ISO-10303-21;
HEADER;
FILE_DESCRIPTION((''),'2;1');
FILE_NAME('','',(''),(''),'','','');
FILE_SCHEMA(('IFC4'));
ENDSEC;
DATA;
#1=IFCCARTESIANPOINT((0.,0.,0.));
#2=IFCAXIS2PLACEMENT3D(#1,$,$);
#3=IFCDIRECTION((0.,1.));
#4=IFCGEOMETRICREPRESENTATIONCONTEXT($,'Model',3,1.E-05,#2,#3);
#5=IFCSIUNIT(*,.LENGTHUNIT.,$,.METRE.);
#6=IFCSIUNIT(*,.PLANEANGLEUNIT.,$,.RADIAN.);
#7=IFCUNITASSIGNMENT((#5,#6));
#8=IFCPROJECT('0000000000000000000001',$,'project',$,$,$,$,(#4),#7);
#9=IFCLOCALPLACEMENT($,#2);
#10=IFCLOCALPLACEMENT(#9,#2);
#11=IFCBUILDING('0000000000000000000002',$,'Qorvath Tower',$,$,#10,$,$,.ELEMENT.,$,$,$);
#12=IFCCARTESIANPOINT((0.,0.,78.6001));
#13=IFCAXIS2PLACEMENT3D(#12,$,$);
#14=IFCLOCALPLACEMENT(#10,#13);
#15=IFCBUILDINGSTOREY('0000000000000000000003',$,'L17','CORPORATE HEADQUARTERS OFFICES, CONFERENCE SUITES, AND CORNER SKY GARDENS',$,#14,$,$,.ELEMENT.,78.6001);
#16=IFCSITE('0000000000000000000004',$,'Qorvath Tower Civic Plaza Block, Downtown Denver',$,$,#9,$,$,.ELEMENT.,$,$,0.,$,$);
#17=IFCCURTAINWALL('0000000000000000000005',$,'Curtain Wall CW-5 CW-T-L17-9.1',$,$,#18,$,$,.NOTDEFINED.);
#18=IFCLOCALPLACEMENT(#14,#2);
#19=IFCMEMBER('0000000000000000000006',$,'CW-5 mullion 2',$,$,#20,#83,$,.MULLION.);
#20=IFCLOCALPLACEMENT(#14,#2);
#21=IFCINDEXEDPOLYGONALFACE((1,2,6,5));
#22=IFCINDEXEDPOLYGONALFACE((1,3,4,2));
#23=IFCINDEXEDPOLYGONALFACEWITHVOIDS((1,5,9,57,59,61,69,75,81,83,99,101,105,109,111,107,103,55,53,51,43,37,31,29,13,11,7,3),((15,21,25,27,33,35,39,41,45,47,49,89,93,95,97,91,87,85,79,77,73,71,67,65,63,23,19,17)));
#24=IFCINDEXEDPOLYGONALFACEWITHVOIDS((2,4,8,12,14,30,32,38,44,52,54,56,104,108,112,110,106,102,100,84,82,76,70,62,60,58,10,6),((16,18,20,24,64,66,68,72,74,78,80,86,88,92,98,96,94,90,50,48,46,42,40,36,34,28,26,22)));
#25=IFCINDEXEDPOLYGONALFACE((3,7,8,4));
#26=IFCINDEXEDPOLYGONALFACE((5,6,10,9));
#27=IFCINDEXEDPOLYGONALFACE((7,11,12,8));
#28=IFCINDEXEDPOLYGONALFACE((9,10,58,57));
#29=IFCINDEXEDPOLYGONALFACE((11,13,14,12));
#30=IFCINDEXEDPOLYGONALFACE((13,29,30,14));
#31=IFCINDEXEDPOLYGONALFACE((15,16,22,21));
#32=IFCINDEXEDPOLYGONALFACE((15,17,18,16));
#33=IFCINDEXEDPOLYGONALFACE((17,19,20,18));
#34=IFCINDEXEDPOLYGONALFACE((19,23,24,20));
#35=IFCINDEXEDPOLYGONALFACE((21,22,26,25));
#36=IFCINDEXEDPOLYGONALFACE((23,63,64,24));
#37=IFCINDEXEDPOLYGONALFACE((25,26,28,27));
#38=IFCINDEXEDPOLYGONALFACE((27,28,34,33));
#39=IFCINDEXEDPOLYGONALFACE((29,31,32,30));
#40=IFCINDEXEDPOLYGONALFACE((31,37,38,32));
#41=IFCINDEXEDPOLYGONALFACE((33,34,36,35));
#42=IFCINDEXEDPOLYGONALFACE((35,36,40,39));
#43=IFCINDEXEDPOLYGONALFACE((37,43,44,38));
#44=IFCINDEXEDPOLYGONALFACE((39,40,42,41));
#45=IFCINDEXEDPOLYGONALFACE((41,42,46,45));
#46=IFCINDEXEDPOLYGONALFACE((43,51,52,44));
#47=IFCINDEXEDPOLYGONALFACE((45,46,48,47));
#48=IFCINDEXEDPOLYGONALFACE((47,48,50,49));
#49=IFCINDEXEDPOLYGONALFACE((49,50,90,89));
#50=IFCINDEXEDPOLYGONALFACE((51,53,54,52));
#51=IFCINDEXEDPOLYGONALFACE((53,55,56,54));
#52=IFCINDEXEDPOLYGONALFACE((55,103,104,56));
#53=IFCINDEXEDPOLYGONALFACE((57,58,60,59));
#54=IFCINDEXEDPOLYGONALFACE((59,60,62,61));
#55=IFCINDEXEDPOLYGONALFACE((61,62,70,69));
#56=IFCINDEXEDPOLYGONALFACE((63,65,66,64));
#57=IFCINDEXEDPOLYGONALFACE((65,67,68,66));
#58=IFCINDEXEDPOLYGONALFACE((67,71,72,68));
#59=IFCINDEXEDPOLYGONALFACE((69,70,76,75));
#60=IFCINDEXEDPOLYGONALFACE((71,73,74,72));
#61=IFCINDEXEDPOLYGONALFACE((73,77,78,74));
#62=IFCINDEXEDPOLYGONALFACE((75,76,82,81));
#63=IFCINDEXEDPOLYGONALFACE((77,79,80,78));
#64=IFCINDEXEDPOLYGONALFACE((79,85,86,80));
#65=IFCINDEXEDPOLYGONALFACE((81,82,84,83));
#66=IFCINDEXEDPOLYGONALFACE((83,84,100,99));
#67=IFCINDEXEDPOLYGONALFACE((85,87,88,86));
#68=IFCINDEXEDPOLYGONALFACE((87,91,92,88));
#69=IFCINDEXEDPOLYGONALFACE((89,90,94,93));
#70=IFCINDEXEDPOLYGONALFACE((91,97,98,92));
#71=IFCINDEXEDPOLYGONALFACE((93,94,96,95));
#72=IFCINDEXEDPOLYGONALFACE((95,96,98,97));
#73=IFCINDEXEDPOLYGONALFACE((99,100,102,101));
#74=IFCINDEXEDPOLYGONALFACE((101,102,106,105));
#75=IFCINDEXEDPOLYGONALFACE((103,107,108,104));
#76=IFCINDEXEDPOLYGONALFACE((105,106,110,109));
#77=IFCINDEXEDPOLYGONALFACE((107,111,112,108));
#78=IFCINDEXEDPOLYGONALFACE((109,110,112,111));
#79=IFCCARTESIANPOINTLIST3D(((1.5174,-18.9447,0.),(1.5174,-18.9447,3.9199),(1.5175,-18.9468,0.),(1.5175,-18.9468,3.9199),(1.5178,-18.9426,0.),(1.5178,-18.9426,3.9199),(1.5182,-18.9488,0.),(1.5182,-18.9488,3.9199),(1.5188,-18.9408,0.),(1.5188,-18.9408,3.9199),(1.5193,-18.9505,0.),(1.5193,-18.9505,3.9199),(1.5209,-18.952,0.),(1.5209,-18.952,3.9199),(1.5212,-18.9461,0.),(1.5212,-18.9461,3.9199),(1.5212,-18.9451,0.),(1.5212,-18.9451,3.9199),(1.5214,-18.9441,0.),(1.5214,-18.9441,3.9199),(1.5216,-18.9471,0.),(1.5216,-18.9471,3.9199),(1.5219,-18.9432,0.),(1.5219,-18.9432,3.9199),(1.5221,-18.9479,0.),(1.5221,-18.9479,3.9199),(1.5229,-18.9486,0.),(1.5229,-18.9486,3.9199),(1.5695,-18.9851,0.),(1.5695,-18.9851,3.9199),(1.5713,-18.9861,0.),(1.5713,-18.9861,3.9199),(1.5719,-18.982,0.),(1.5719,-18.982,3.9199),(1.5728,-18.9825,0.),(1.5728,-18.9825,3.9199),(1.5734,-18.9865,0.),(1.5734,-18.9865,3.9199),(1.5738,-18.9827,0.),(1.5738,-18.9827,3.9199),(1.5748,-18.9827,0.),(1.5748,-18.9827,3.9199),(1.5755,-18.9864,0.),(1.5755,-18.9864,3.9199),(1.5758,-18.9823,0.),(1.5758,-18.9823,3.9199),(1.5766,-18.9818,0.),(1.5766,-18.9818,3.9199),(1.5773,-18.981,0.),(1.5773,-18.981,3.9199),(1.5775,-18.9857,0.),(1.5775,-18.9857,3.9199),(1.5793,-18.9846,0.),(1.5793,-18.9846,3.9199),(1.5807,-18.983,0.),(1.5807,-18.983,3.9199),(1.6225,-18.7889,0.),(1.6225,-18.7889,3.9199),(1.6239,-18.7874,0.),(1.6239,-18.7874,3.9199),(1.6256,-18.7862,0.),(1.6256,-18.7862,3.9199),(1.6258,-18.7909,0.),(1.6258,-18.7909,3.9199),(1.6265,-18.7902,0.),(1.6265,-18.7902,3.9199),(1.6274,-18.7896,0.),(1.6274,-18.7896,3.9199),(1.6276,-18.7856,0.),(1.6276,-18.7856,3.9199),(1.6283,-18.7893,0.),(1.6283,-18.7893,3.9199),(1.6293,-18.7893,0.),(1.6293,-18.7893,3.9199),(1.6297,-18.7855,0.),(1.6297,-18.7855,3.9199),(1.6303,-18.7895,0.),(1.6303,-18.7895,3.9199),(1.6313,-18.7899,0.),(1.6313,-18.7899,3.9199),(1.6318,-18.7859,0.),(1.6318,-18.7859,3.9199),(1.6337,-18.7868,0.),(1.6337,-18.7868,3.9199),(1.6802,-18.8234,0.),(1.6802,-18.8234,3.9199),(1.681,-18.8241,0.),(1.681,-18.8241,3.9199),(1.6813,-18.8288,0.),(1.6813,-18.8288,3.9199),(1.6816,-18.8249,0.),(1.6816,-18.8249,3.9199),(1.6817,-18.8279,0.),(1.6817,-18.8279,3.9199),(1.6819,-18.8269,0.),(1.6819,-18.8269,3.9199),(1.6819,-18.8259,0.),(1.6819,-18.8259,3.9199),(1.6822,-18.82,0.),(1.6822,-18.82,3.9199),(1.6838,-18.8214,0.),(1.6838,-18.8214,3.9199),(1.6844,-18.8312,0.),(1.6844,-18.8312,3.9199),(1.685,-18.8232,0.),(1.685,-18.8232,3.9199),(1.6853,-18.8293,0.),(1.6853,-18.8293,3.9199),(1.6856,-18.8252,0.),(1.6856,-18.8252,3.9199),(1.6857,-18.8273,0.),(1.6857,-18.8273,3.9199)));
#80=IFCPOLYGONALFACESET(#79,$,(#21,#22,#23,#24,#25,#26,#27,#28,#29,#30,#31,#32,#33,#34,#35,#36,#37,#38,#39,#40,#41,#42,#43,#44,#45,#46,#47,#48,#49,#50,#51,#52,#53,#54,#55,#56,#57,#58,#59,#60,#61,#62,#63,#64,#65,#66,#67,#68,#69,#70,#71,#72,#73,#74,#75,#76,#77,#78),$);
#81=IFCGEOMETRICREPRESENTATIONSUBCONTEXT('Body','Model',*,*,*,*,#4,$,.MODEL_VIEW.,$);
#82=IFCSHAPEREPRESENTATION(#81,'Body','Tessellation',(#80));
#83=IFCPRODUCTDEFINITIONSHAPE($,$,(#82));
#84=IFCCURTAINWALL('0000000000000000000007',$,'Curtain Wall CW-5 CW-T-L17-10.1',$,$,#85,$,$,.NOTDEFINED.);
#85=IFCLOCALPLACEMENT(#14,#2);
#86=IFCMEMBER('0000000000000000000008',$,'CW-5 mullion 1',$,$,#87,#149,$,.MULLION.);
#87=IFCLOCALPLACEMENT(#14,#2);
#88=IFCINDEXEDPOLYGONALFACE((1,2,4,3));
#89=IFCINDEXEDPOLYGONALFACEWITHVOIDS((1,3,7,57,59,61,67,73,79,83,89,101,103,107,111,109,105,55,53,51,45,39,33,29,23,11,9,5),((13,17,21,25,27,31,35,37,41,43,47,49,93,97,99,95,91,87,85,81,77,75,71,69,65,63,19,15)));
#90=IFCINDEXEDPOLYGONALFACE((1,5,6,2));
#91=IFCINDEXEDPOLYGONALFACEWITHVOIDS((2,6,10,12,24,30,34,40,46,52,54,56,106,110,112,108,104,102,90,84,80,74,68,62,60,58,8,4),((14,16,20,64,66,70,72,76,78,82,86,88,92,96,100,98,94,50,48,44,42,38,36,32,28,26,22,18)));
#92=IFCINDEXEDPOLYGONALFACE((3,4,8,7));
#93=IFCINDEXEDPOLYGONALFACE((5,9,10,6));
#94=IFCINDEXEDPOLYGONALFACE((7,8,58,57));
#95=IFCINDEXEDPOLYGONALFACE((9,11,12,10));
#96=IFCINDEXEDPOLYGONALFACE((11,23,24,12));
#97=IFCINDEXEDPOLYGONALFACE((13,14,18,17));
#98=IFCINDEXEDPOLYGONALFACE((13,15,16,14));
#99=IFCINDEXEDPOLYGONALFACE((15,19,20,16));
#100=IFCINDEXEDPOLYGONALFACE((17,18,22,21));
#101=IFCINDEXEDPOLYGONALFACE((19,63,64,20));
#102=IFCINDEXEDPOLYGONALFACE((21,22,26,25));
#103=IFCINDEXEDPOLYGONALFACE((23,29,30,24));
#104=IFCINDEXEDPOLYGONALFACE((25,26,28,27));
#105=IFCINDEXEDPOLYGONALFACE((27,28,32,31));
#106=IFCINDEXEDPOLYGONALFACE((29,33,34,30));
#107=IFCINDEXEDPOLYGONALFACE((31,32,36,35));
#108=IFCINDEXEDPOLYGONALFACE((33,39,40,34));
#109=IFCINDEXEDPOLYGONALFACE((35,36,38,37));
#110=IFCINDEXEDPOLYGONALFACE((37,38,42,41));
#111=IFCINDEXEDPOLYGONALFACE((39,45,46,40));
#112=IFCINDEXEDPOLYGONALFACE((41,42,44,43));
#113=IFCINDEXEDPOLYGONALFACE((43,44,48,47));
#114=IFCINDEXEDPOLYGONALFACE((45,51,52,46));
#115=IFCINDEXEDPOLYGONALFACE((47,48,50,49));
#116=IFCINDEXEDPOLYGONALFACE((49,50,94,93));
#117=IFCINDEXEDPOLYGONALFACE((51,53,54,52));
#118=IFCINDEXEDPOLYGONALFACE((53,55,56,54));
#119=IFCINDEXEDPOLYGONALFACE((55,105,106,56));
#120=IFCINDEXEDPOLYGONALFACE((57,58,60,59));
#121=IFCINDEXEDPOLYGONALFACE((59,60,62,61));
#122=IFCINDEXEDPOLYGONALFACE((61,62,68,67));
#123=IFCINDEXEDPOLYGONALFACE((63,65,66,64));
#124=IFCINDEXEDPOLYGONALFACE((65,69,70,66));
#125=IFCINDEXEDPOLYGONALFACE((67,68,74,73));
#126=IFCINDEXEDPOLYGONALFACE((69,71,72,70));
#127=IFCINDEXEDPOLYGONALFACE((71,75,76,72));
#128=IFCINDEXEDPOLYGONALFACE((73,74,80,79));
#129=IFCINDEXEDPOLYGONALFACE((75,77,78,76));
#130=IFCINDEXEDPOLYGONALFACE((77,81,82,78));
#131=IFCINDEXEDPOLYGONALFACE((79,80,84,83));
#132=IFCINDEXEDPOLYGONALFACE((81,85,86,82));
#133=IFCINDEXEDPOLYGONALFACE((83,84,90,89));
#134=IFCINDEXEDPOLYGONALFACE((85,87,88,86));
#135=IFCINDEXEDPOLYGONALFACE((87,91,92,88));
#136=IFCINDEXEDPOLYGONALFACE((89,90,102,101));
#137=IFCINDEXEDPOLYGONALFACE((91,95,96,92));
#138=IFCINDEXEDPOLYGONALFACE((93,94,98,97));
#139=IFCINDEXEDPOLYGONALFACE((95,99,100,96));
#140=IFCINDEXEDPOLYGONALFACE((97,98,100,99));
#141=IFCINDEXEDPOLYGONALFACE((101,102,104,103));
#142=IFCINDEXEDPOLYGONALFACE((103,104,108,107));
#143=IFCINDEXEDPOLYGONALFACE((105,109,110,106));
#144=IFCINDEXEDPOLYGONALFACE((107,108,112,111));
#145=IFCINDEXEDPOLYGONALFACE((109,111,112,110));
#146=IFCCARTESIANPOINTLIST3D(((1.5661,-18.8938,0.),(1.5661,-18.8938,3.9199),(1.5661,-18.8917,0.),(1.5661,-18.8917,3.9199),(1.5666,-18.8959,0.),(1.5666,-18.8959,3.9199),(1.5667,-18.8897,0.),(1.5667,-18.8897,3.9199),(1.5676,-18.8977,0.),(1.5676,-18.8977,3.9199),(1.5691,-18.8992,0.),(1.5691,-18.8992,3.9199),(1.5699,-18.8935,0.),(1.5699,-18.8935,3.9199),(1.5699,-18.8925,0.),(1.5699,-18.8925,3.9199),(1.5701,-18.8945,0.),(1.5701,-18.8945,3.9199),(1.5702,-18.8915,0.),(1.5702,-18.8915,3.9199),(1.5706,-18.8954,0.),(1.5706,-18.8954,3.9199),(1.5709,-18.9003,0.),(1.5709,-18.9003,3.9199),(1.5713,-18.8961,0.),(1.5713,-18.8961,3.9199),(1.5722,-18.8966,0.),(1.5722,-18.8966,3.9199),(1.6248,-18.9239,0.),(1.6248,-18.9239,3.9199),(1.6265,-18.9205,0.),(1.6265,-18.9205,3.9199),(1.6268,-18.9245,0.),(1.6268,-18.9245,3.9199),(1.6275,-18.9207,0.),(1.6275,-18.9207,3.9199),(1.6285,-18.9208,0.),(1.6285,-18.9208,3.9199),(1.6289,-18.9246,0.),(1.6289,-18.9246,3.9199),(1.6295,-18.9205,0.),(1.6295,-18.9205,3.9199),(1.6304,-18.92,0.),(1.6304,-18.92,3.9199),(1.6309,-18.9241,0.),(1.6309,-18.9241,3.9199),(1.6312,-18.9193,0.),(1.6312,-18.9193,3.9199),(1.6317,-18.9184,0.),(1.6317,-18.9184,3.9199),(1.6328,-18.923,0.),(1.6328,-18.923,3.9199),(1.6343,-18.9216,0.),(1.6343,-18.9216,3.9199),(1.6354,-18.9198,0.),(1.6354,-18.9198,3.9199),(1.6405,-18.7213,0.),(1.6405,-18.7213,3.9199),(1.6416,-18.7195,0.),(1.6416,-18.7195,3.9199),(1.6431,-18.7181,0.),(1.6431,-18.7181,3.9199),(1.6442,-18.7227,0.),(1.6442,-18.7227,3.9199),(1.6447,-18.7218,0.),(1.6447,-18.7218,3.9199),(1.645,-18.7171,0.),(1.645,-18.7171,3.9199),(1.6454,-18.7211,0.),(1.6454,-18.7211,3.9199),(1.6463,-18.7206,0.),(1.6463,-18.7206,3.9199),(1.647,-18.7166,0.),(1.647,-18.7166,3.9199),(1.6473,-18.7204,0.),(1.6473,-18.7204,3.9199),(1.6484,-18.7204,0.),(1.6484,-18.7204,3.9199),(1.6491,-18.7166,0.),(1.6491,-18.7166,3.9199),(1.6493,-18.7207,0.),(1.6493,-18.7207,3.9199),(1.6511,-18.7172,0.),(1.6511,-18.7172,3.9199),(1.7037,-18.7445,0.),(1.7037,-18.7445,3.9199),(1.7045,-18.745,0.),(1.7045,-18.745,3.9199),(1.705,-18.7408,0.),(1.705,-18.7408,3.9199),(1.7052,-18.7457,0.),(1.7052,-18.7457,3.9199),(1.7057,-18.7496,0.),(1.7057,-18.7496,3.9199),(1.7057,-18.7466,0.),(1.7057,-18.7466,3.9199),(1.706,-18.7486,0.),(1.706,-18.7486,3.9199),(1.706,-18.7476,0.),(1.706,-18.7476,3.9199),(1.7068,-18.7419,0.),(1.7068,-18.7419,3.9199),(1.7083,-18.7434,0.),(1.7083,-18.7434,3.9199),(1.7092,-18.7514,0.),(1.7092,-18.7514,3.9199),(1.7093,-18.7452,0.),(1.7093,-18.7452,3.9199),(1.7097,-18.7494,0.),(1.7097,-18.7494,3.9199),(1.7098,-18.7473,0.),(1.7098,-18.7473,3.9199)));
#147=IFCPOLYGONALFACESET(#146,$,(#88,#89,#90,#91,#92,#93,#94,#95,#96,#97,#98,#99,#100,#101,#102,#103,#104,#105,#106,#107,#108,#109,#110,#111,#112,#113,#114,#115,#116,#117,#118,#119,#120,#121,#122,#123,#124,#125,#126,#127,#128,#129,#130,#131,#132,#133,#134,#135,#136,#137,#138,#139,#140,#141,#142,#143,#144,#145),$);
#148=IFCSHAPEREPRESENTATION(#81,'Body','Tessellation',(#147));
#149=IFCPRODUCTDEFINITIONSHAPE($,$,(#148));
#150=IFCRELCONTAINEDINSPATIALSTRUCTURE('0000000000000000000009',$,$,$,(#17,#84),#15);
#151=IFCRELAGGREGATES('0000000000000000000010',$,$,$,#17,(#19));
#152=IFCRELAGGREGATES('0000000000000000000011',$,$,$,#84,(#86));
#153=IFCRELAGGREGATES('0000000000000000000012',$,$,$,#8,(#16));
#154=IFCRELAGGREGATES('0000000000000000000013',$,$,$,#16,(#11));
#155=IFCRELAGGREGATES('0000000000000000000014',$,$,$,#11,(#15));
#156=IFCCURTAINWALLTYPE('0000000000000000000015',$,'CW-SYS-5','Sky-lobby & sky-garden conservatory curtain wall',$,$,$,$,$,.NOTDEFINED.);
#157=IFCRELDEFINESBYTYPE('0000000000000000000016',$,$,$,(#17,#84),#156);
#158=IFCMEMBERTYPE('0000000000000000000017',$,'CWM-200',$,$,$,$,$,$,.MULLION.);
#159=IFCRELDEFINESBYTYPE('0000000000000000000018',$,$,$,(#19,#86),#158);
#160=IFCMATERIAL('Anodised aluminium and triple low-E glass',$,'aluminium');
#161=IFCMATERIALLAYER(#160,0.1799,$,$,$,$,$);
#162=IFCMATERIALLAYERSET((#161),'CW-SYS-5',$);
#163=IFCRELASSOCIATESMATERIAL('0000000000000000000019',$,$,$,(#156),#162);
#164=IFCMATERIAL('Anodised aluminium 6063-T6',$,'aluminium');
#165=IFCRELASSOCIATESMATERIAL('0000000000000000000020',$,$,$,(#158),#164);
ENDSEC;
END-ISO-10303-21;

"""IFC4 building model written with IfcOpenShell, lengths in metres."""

from ifc_helpers import new_model, si_unit, direction, frame, origin, origin_2d, place, context, subcontext, project, spatial, hollow_rectangle, extrude, material, layer, layer_set, material_profile, profile_set, type_object, element, aggregate, save


model = new_model("IFC4")

# Units and contexts
model_context = context("Model", 3, precision=1e-05, world=origin(), true_north=direction((0.0, 1.0)))
body_context = subcontext(model_context, "Body", "Model", "MODEL_VIEW")
ifc_project = project(units=[si_unit("LENGTHUNIT", "METRE"), si_unit("PLANEANGLEUNIT", "RADIAN")], contexts=[model_context])

# Site, building, storey
site_placement = place(None, origin())
site = spatial("IfcSite", under=ifc_project, at=site_placement, Name="Qorvath Tower Civic Plaza Block, Downtown Denver", CompositionType="ELEMENT", RefElevation=0.0)
building_placement = place(site_placement, origin())
building = spatial("IfcBuilding", under=site, at=building_placement, Name="Qorvath Tower", CompositionType="ELEMENT")
storey_placement = place(building_placement, frame((0.0, 0.0, 78.6001)))
storey = spatial("IfcBuildingStorey", under=building, at=storey_placement, Name="L17", Description="CORPORATE HEADQUARTERS OFFICES, CONFERENCE SUITES, AND CORNER SKY GARDENS", CompositionType="ELEMENT", Elevation=78.6001)

# Curtain wall, member
ifc_material_1 = material(Name="Anodised aluminium and triple low-E glass", Category="aluminium")
ifc_layer_1 = layer(ifc_material_1, 0.1799)
ifc_layer_set_1 = layer_set([ifc_layer_1], Name="CW-SYS-5")
curtain_wall_type = type_object("IfcCurtainWallType", Name="CW-SYS-5", Description="Sky-lobby & sky-garden conservatory curtain wall", PredefinedType="NOTDEFINED", material=ifc_layer_set_1)
curtain_wall_1_placement = place(storey_placement, origin())
curtain_wall_1 = element("IfcCurtainWall", 1, at=curtain_wall_1_placement, inside=storey, type_object=curtain_wall_type, Name="Curtain Wall CW-5 CW-T-L17-9.1", PredefinedType="NOTDEFINED")
ifc_material_2 = material(Name="Anodised aluminium 6063-T6", Category="aluminium")
ifc_material_profile_1 = material_profile(ifc_material_2, hollow_rectangle(XDim=0.075, YDim=0.2, WallThickness=0.0039, InnerFilletRadius=0.0039, OuterFilletRadius=0.0081, at=origin_2d()), Name="CWM 200x75")
ifc_profile_set_1 = profile_set([ifc_material_profile_1], Name="Anodised aluminium 6063-T6")
member_type_1 = type_object("IfcMemberType", Name="CWM-200", PredefinedType="MULLION", material=ifc_profile_set_1)
member_1_placement = place(storey_placement, frame((1.6016, -18.886, 0.0), z_axis=(0.0, 0.0, 1.0), x_axis=(-0.825776, 0.563998, 0.0)))
member_1 = element("IfcMember", 2, at=member_1_placement, type_object=member_type_1, Name="CW-5 mullion 2", PredefinedType="MULLION", context=body_context, shape_type="SweptSolid", body=[
    extrude(hollow_rectangle(XDim=0.075, YDim=0.2, WallThickness=0.0039, InnerFilletRadius=0.0039, OuterFilletRadius=0.0081, at=origin_2d()), origin(), (0.0, 0.0, 1.0), 3.9199),
])
aggregate(curtain_wall_1, [member_1])

# Curtain wall, member
curtain_wall_2_placement = place(storey_placement, origin())
curtain_wall_2 = element("IfcCurtainWall", 3, at=curtain_wall_2_placement, inside=storey, type_object=curtain_wall_type, Name="Curtain Wall CW-5 CW-T-L17-10.1", PredefinedType="NOTDEFINED")
member_2_placement = place(storey_placement, frame((1.6379, -18.8206, 0.0), z_axis=(0.0, 0.0, 1.0), x_axis=(-0.915913, 0.401376, 0.0)))
member_2 = element("IfcMember", 4, at=member_2_placement, type_object=member_type_1, Name="CW-5 mullion 1", PredefinedType="MULLION", context=body_context, shape_type="SweptSolid", body=[
    extrude(hollow_rectangle(XDim=0.075, YDim=0.2, WallThickness=0.0039, InnerFilletRadius=0.0039, OuterFilletRadius=0.0081, at=origin_2d()), origin(), (0.0, 0.0, 1.0), 3.9199),
])

aggregate(curtain_wall_2, [member_2])

save(model, "model.ifc")
